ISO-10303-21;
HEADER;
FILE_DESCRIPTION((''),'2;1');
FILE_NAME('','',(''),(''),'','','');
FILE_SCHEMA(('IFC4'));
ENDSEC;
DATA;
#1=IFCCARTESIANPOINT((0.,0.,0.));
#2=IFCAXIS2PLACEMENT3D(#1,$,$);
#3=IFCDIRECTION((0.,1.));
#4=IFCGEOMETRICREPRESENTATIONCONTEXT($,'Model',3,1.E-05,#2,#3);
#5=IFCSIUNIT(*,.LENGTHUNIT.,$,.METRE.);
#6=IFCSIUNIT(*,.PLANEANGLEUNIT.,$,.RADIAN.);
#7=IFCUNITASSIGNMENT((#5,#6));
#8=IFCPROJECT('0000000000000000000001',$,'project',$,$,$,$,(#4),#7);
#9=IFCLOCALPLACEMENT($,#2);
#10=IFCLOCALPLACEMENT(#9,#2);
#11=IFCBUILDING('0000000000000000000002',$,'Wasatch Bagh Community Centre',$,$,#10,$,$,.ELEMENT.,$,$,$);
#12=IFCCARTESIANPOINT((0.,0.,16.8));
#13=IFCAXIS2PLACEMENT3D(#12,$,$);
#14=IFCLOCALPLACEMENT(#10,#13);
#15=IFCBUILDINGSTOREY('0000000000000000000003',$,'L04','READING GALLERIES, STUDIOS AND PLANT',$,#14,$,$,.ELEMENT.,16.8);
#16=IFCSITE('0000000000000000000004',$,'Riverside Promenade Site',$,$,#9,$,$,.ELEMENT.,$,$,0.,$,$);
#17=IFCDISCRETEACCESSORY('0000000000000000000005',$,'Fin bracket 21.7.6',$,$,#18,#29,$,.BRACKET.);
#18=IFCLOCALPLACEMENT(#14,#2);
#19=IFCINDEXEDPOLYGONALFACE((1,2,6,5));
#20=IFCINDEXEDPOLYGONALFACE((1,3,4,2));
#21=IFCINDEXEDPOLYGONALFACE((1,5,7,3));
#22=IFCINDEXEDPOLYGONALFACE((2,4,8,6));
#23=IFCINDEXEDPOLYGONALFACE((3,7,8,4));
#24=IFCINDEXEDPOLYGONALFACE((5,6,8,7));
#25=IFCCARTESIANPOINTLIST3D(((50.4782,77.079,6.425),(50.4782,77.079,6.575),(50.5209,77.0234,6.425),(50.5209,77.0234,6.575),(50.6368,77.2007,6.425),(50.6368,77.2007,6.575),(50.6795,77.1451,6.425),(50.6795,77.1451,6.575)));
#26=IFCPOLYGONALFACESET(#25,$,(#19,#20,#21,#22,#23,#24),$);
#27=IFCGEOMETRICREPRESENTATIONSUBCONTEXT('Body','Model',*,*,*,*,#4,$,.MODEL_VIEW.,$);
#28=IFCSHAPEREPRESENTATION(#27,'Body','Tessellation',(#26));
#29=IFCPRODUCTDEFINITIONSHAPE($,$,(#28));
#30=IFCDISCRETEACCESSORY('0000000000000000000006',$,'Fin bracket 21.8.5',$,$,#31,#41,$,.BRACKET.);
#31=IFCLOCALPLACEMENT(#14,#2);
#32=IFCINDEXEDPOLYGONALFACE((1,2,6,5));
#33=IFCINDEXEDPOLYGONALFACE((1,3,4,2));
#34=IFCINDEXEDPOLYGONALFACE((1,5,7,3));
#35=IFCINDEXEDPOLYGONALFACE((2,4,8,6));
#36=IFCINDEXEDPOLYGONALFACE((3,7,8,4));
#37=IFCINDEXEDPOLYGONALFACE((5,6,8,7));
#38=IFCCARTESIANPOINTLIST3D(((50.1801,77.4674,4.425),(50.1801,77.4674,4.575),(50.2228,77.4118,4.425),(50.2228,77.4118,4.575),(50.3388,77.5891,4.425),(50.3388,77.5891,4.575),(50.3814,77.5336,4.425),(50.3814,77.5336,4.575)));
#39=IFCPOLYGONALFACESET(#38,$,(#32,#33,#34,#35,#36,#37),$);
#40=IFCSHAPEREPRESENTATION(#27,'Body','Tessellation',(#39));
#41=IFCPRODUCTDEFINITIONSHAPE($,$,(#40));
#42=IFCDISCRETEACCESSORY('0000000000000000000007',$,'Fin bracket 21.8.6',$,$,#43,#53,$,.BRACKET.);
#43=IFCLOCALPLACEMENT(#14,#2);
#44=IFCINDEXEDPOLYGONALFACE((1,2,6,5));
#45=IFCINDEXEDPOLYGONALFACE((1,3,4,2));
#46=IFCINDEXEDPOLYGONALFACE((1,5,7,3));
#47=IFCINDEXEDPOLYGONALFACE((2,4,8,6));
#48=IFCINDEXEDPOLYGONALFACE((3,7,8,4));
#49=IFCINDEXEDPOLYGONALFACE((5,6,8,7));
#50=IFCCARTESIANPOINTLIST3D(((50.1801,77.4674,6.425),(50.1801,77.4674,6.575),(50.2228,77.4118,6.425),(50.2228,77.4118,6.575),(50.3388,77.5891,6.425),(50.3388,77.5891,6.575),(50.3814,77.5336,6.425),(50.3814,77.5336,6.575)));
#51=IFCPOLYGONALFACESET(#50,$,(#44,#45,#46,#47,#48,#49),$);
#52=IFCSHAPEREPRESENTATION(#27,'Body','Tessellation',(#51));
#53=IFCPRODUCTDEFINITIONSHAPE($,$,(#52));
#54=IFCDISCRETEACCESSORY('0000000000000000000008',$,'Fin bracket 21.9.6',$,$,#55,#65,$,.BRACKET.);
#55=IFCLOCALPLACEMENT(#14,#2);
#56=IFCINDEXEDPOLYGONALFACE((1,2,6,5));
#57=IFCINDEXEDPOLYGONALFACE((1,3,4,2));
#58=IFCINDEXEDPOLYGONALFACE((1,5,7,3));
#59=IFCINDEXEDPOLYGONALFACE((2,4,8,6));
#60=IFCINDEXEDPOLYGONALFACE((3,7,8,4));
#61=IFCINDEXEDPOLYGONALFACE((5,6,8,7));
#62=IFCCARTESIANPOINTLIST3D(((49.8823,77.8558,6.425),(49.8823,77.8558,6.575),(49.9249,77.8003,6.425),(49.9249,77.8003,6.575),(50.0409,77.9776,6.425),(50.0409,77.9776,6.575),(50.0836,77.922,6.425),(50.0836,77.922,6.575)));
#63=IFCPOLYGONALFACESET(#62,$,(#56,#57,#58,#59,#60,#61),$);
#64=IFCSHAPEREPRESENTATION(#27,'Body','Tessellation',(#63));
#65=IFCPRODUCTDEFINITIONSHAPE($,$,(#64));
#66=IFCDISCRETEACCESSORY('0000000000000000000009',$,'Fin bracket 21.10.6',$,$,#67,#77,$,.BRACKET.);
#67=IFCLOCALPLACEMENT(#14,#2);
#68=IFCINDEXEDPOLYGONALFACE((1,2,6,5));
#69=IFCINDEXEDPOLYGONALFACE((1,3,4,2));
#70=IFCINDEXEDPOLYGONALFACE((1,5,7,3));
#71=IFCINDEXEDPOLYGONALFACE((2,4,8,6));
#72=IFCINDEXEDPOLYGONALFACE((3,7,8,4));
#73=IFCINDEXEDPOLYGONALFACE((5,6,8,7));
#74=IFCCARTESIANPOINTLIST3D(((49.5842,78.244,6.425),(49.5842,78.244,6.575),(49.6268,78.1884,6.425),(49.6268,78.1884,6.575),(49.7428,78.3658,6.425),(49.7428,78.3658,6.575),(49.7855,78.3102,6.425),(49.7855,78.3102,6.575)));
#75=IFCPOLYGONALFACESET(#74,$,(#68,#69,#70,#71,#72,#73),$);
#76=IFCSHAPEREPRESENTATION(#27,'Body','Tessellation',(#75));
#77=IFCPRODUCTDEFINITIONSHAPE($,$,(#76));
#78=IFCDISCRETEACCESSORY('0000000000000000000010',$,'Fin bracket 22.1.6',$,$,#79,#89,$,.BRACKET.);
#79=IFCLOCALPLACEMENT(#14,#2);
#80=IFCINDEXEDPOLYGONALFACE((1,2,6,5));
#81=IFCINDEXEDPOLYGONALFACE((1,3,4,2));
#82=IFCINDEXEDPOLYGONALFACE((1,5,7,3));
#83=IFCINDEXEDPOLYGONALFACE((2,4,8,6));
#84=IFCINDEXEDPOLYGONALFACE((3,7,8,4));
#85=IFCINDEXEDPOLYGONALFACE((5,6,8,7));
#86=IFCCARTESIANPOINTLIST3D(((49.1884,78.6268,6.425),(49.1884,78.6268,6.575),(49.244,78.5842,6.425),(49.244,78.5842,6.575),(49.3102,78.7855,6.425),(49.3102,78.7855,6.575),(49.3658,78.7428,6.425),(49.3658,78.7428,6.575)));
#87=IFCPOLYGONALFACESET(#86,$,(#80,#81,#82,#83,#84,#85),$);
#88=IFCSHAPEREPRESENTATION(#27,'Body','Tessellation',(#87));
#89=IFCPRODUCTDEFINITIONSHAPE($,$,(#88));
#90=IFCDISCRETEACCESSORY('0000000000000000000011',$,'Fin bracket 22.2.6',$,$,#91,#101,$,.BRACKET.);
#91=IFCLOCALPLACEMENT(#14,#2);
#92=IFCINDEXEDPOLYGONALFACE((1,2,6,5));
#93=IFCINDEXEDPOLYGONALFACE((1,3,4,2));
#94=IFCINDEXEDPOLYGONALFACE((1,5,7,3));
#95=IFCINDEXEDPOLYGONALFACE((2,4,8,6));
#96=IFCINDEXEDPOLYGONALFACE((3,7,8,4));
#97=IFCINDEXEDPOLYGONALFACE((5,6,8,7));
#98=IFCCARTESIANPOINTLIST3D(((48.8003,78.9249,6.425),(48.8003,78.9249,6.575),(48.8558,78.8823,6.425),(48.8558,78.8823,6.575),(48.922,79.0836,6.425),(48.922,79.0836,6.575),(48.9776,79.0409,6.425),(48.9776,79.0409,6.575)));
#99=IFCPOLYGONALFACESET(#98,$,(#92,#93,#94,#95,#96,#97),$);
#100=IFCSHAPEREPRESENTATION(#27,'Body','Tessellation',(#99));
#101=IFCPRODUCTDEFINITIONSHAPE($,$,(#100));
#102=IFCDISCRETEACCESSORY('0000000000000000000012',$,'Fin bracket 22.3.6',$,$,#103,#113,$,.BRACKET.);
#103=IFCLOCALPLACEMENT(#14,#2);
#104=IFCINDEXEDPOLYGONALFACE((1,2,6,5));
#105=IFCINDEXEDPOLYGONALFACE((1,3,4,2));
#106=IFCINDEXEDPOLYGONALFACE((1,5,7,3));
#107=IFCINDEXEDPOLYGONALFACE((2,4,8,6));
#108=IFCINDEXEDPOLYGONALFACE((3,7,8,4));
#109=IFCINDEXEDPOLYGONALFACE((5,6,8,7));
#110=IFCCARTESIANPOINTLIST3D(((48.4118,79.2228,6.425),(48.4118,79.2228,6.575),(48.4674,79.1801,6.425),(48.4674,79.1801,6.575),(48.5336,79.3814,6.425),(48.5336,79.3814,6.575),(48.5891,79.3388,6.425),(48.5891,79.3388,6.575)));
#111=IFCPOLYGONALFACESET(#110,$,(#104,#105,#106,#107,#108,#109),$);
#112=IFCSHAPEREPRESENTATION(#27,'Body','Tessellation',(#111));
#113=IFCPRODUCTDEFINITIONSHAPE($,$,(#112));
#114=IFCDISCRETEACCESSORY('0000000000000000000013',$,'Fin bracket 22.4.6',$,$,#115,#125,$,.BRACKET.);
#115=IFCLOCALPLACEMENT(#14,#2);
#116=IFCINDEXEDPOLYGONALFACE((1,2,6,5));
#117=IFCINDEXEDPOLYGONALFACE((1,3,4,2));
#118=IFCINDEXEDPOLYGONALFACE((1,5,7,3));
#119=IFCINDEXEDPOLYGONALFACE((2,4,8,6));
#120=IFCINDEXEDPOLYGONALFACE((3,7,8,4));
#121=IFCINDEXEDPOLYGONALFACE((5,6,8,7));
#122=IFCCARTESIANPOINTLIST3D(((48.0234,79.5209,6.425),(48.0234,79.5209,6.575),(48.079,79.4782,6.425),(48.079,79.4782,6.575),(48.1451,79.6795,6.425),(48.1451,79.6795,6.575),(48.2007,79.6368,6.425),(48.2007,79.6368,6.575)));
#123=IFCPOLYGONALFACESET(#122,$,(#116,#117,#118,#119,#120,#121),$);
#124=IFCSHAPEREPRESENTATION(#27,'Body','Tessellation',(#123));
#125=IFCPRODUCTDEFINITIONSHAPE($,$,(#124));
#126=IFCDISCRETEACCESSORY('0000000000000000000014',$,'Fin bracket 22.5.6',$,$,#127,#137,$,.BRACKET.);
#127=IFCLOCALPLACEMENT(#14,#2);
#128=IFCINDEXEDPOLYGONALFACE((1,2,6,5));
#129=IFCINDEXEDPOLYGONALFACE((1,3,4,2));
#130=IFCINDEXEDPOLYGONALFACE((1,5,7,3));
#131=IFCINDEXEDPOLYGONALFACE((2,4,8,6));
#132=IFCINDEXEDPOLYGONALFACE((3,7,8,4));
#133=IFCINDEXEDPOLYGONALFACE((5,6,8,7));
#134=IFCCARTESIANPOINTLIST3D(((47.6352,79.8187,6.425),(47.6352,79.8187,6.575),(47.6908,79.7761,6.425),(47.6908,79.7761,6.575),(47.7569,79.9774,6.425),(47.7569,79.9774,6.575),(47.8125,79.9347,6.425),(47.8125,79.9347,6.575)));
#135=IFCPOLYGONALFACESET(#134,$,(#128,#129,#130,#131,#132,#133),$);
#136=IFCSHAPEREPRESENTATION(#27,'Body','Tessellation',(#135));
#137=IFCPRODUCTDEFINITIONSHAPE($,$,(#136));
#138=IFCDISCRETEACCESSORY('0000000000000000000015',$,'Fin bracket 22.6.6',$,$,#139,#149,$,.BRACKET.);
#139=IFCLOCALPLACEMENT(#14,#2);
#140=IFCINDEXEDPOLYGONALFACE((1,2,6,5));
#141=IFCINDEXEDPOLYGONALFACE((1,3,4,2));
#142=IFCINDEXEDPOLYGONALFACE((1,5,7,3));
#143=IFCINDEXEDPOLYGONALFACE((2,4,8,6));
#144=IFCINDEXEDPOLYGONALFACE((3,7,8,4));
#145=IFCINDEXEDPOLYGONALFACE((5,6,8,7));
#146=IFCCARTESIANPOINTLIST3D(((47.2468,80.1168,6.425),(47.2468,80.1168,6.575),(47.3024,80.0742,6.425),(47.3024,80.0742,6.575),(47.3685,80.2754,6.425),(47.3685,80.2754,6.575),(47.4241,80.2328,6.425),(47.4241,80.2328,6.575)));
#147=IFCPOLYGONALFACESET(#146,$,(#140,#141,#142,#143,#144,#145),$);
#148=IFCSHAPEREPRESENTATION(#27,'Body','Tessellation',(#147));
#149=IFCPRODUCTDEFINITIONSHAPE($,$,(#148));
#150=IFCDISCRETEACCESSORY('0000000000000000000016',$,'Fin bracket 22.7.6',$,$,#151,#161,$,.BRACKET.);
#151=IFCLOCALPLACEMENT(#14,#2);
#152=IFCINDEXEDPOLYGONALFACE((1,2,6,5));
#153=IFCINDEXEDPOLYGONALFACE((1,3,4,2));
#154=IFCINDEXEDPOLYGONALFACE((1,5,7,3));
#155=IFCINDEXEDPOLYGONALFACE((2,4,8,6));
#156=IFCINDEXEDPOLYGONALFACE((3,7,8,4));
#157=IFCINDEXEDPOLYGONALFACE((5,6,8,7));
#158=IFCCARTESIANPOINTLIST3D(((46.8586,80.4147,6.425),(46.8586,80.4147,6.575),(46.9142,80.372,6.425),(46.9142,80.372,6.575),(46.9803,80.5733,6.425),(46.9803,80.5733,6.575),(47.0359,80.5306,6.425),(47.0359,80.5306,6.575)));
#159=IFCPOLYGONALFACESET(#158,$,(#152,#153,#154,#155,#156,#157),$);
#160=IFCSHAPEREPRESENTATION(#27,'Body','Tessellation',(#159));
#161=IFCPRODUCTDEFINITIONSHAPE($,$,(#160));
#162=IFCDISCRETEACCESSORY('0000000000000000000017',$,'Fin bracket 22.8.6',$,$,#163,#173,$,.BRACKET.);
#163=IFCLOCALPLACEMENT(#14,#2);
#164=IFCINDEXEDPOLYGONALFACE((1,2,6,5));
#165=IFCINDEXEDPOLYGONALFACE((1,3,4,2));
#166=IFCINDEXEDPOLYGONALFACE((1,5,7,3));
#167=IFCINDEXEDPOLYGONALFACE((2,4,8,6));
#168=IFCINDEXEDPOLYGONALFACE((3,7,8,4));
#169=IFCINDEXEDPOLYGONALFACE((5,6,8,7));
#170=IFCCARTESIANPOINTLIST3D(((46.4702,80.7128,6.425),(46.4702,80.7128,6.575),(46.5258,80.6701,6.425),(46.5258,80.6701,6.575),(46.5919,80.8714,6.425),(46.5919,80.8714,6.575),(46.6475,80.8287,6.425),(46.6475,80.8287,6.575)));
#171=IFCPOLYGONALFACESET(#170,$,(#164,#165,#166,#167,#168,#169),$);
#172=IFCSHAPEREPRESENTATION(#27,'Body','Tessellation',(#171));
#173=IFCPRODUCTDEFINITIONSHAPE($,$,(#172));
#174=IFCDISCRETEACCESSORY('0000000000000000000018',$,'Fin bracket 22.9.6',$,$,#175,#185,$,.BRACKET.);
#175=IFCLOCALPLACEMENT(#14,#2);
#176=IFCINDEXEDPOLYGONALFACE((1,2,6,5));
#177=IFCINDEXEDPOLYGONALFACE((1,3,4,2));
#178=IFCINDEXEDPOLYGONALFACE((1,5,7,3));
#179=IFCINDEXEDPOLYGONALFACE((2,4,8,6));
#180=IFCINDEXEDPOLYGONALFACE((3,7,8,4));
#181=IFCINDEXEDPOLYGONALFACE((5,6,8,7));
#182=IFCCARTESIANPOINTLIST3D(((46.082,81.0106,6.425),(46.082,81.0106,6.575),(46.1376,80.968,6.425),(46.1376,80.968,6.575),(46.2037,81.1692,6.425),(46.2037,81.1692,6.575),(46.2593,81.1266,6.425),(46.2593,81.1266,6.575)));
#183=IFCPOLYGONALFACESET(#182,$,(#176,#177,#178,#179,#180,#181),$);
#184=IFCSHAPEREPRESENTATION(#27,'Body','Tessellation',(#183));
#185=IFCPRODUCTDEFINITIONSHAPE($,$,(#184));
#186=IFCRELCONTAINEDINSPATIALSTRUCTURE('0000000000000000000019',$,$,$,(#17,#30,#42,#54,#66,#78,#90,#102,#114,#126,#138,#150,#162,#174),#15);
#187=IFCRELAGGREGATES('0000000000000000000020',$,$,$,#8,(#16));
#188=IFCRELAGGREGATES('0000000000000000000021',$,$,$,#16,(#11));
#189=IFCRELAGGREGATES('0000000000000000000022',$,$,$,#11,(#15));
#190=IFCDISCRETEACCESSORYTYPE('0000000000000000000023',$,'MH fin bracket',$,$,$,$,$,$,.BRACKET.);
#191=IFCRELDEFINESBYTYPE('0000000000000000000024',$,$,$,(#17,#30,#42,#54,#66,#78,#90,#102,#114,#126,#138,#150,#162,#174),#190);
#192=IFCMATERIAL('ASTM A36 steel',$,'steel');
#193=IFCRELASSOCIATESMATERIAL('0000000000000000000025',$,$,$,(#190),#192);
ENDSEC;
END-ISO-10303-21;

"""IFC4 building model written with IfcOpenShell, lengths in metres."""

from ifc_helpers import new_model, si_unit, direction, frame, origin, origin_2d, place, context, subcontext, project, spatial, rectangle, extrude, material, type_object, element, save


model = new_model("IFC4")

# Units and contexts
model_context = context("Model", 3, precision=1e-05, world=origin(), true_north=direction((0.0, 1.0)))
body_context = subcontext(model_context, "Body", "Model", "MODEL_VIEW")
ifc_project = project(units=[si_unit("LENGTHUNIT", "METRE"), si_unit("PLANEANGLEUNIT", "RADIAN")], contexts=[model_context])

# Site, building, storey
site_placement = place(None, origin())
site = spatial("IfcSite", under=ifc_project, at=site_placement, Name="Riverside Promenade Site", CompositionType="ELEMENT", RefElevation=0.0)
building_placement = place(site_placement, origin())
building = spatial("IfcBuilding", under=site, at=building_placement, Name="Wasatch Bagh Community Centre", CompositionType="ELEMENT")
storey_placement = place(building_placement, frame((0.0, 0.0, 16.8)))
storey = spatial("IfcBuildingStorey", under=building, at=storey_placement, Name="L04", Description="READING GALLERIES, STUDIOS AND PLANT", CompositionType="ELEMENT", Elevation=16.8)

# Shared definitions
ifc_material_1 = material(Name="ASTM A36 steel", Category="steel")

# Discrete accessories
discrete_accessory_type = type_object("IfcDiscreteAccessoryType", Name="MH fin bracket", PredefinedType="BRACKET", material=ifc_material_1)
for number, where, z_axis, x_axis, name in (
    (1, (50.5789, 77.1121, 6.425), (0.0, 0.0, 1.0), (-0.608761, 0.793353, 0.0), "Fin bracket 21.7.6"),
    (2, (50.2808, 77.5005, 4.425), (0.0, 0.0, 1.0), (-0.608761, 0.793353, 0.0), "Fin bracket 21.8.5"),
    (3, (50.2808, 77.5005, 6.425), (0.0, 0.0, 1.0), (-0.608761, 0.793353, 0.0), "Fin bracket 21.8.6"),
    (4, (49.9829, 77.8889, 6.425), (0.0, 0.0, 1.0), (-0.608761, 0.793353, 0.0), "Fin bracket 21.9.6"),
    (5, (49.6848, 78.2771, 6.425), (0.0, 0.0, 1.0), (-0.608761, 0.793353, 0.0), "Fin bracket 21.10.6"),
    (6, (49.2771, 78.6848, 6.425), (0.0, 0.0, 1.0), (-0.793353, 0.608761, 0.0), "Fin bracket 22.1.6"),
    (7, (48.8889, 78.9829, 6.425), (0.0, 0.0, 1.0), (-0.793353, 0.608761, 0.0), "Fin bracket 22.2.6"),
    (8, (48.5005, 79.2808, 6.425), (0.0, 0.0, 1.0), (-0.793353, 0.608761, 0.0), "Fin bracket 22.3.6"),
    (9, (48.1121, 79.5789, 6.425), (0.0, 0.0, 1.0), (-0.793353, 0.608761, 0.0), "Fin bracket 22.4.6"),
    (10, (47.7239, 79.8767, 6.425), (0.0, 0.0, 1.0), (-0.793353, 0.608761, 0.0), "Fin bracket 22.5.6"),
    (11, (47.3354, 80.1748, 6.425), (0.0, 0.0, 1.0), (-0.793353, 0.608761, 0.0), "Fin bracket 22.6.6"),
    (12, (46.9473, 80.4727, 6.425), (0.0, 0.0, 1.0), (-0.793353, 0.608761, 0.0), "Fin bracket 22.7.6"),
    (13, (46.5588, 80.7708, 6.425), (0.0, 0.0, 1.0), (-0.793353, 0.608761, 0.0), "Fin bracket 22.8.6"),
    (14, (46.1707, 81.0686, 6.425), (0.0, 0.0, 1.0), (-0.793353, 0.608761, 0.0), "Fin bracket 22.9.6"),
):
    element("IfcDiscreteAccessory", number, at=place(storey_placement, frame(where, z_axis=z_axis, x_axis=x_axis)), inside=storey, type_object=discrete_accessory_type, Name=name, PredefinedType="BRACKET", context=body_context, shape_type="SweptSolid", body=[
        extrude(rectangle(XDim=0.0701, YDim=0.2, at=origin_2d()), origin(), (0.0, 0.0, 1.0), 0.1499),
    ])

save(model, "model.ifc")
